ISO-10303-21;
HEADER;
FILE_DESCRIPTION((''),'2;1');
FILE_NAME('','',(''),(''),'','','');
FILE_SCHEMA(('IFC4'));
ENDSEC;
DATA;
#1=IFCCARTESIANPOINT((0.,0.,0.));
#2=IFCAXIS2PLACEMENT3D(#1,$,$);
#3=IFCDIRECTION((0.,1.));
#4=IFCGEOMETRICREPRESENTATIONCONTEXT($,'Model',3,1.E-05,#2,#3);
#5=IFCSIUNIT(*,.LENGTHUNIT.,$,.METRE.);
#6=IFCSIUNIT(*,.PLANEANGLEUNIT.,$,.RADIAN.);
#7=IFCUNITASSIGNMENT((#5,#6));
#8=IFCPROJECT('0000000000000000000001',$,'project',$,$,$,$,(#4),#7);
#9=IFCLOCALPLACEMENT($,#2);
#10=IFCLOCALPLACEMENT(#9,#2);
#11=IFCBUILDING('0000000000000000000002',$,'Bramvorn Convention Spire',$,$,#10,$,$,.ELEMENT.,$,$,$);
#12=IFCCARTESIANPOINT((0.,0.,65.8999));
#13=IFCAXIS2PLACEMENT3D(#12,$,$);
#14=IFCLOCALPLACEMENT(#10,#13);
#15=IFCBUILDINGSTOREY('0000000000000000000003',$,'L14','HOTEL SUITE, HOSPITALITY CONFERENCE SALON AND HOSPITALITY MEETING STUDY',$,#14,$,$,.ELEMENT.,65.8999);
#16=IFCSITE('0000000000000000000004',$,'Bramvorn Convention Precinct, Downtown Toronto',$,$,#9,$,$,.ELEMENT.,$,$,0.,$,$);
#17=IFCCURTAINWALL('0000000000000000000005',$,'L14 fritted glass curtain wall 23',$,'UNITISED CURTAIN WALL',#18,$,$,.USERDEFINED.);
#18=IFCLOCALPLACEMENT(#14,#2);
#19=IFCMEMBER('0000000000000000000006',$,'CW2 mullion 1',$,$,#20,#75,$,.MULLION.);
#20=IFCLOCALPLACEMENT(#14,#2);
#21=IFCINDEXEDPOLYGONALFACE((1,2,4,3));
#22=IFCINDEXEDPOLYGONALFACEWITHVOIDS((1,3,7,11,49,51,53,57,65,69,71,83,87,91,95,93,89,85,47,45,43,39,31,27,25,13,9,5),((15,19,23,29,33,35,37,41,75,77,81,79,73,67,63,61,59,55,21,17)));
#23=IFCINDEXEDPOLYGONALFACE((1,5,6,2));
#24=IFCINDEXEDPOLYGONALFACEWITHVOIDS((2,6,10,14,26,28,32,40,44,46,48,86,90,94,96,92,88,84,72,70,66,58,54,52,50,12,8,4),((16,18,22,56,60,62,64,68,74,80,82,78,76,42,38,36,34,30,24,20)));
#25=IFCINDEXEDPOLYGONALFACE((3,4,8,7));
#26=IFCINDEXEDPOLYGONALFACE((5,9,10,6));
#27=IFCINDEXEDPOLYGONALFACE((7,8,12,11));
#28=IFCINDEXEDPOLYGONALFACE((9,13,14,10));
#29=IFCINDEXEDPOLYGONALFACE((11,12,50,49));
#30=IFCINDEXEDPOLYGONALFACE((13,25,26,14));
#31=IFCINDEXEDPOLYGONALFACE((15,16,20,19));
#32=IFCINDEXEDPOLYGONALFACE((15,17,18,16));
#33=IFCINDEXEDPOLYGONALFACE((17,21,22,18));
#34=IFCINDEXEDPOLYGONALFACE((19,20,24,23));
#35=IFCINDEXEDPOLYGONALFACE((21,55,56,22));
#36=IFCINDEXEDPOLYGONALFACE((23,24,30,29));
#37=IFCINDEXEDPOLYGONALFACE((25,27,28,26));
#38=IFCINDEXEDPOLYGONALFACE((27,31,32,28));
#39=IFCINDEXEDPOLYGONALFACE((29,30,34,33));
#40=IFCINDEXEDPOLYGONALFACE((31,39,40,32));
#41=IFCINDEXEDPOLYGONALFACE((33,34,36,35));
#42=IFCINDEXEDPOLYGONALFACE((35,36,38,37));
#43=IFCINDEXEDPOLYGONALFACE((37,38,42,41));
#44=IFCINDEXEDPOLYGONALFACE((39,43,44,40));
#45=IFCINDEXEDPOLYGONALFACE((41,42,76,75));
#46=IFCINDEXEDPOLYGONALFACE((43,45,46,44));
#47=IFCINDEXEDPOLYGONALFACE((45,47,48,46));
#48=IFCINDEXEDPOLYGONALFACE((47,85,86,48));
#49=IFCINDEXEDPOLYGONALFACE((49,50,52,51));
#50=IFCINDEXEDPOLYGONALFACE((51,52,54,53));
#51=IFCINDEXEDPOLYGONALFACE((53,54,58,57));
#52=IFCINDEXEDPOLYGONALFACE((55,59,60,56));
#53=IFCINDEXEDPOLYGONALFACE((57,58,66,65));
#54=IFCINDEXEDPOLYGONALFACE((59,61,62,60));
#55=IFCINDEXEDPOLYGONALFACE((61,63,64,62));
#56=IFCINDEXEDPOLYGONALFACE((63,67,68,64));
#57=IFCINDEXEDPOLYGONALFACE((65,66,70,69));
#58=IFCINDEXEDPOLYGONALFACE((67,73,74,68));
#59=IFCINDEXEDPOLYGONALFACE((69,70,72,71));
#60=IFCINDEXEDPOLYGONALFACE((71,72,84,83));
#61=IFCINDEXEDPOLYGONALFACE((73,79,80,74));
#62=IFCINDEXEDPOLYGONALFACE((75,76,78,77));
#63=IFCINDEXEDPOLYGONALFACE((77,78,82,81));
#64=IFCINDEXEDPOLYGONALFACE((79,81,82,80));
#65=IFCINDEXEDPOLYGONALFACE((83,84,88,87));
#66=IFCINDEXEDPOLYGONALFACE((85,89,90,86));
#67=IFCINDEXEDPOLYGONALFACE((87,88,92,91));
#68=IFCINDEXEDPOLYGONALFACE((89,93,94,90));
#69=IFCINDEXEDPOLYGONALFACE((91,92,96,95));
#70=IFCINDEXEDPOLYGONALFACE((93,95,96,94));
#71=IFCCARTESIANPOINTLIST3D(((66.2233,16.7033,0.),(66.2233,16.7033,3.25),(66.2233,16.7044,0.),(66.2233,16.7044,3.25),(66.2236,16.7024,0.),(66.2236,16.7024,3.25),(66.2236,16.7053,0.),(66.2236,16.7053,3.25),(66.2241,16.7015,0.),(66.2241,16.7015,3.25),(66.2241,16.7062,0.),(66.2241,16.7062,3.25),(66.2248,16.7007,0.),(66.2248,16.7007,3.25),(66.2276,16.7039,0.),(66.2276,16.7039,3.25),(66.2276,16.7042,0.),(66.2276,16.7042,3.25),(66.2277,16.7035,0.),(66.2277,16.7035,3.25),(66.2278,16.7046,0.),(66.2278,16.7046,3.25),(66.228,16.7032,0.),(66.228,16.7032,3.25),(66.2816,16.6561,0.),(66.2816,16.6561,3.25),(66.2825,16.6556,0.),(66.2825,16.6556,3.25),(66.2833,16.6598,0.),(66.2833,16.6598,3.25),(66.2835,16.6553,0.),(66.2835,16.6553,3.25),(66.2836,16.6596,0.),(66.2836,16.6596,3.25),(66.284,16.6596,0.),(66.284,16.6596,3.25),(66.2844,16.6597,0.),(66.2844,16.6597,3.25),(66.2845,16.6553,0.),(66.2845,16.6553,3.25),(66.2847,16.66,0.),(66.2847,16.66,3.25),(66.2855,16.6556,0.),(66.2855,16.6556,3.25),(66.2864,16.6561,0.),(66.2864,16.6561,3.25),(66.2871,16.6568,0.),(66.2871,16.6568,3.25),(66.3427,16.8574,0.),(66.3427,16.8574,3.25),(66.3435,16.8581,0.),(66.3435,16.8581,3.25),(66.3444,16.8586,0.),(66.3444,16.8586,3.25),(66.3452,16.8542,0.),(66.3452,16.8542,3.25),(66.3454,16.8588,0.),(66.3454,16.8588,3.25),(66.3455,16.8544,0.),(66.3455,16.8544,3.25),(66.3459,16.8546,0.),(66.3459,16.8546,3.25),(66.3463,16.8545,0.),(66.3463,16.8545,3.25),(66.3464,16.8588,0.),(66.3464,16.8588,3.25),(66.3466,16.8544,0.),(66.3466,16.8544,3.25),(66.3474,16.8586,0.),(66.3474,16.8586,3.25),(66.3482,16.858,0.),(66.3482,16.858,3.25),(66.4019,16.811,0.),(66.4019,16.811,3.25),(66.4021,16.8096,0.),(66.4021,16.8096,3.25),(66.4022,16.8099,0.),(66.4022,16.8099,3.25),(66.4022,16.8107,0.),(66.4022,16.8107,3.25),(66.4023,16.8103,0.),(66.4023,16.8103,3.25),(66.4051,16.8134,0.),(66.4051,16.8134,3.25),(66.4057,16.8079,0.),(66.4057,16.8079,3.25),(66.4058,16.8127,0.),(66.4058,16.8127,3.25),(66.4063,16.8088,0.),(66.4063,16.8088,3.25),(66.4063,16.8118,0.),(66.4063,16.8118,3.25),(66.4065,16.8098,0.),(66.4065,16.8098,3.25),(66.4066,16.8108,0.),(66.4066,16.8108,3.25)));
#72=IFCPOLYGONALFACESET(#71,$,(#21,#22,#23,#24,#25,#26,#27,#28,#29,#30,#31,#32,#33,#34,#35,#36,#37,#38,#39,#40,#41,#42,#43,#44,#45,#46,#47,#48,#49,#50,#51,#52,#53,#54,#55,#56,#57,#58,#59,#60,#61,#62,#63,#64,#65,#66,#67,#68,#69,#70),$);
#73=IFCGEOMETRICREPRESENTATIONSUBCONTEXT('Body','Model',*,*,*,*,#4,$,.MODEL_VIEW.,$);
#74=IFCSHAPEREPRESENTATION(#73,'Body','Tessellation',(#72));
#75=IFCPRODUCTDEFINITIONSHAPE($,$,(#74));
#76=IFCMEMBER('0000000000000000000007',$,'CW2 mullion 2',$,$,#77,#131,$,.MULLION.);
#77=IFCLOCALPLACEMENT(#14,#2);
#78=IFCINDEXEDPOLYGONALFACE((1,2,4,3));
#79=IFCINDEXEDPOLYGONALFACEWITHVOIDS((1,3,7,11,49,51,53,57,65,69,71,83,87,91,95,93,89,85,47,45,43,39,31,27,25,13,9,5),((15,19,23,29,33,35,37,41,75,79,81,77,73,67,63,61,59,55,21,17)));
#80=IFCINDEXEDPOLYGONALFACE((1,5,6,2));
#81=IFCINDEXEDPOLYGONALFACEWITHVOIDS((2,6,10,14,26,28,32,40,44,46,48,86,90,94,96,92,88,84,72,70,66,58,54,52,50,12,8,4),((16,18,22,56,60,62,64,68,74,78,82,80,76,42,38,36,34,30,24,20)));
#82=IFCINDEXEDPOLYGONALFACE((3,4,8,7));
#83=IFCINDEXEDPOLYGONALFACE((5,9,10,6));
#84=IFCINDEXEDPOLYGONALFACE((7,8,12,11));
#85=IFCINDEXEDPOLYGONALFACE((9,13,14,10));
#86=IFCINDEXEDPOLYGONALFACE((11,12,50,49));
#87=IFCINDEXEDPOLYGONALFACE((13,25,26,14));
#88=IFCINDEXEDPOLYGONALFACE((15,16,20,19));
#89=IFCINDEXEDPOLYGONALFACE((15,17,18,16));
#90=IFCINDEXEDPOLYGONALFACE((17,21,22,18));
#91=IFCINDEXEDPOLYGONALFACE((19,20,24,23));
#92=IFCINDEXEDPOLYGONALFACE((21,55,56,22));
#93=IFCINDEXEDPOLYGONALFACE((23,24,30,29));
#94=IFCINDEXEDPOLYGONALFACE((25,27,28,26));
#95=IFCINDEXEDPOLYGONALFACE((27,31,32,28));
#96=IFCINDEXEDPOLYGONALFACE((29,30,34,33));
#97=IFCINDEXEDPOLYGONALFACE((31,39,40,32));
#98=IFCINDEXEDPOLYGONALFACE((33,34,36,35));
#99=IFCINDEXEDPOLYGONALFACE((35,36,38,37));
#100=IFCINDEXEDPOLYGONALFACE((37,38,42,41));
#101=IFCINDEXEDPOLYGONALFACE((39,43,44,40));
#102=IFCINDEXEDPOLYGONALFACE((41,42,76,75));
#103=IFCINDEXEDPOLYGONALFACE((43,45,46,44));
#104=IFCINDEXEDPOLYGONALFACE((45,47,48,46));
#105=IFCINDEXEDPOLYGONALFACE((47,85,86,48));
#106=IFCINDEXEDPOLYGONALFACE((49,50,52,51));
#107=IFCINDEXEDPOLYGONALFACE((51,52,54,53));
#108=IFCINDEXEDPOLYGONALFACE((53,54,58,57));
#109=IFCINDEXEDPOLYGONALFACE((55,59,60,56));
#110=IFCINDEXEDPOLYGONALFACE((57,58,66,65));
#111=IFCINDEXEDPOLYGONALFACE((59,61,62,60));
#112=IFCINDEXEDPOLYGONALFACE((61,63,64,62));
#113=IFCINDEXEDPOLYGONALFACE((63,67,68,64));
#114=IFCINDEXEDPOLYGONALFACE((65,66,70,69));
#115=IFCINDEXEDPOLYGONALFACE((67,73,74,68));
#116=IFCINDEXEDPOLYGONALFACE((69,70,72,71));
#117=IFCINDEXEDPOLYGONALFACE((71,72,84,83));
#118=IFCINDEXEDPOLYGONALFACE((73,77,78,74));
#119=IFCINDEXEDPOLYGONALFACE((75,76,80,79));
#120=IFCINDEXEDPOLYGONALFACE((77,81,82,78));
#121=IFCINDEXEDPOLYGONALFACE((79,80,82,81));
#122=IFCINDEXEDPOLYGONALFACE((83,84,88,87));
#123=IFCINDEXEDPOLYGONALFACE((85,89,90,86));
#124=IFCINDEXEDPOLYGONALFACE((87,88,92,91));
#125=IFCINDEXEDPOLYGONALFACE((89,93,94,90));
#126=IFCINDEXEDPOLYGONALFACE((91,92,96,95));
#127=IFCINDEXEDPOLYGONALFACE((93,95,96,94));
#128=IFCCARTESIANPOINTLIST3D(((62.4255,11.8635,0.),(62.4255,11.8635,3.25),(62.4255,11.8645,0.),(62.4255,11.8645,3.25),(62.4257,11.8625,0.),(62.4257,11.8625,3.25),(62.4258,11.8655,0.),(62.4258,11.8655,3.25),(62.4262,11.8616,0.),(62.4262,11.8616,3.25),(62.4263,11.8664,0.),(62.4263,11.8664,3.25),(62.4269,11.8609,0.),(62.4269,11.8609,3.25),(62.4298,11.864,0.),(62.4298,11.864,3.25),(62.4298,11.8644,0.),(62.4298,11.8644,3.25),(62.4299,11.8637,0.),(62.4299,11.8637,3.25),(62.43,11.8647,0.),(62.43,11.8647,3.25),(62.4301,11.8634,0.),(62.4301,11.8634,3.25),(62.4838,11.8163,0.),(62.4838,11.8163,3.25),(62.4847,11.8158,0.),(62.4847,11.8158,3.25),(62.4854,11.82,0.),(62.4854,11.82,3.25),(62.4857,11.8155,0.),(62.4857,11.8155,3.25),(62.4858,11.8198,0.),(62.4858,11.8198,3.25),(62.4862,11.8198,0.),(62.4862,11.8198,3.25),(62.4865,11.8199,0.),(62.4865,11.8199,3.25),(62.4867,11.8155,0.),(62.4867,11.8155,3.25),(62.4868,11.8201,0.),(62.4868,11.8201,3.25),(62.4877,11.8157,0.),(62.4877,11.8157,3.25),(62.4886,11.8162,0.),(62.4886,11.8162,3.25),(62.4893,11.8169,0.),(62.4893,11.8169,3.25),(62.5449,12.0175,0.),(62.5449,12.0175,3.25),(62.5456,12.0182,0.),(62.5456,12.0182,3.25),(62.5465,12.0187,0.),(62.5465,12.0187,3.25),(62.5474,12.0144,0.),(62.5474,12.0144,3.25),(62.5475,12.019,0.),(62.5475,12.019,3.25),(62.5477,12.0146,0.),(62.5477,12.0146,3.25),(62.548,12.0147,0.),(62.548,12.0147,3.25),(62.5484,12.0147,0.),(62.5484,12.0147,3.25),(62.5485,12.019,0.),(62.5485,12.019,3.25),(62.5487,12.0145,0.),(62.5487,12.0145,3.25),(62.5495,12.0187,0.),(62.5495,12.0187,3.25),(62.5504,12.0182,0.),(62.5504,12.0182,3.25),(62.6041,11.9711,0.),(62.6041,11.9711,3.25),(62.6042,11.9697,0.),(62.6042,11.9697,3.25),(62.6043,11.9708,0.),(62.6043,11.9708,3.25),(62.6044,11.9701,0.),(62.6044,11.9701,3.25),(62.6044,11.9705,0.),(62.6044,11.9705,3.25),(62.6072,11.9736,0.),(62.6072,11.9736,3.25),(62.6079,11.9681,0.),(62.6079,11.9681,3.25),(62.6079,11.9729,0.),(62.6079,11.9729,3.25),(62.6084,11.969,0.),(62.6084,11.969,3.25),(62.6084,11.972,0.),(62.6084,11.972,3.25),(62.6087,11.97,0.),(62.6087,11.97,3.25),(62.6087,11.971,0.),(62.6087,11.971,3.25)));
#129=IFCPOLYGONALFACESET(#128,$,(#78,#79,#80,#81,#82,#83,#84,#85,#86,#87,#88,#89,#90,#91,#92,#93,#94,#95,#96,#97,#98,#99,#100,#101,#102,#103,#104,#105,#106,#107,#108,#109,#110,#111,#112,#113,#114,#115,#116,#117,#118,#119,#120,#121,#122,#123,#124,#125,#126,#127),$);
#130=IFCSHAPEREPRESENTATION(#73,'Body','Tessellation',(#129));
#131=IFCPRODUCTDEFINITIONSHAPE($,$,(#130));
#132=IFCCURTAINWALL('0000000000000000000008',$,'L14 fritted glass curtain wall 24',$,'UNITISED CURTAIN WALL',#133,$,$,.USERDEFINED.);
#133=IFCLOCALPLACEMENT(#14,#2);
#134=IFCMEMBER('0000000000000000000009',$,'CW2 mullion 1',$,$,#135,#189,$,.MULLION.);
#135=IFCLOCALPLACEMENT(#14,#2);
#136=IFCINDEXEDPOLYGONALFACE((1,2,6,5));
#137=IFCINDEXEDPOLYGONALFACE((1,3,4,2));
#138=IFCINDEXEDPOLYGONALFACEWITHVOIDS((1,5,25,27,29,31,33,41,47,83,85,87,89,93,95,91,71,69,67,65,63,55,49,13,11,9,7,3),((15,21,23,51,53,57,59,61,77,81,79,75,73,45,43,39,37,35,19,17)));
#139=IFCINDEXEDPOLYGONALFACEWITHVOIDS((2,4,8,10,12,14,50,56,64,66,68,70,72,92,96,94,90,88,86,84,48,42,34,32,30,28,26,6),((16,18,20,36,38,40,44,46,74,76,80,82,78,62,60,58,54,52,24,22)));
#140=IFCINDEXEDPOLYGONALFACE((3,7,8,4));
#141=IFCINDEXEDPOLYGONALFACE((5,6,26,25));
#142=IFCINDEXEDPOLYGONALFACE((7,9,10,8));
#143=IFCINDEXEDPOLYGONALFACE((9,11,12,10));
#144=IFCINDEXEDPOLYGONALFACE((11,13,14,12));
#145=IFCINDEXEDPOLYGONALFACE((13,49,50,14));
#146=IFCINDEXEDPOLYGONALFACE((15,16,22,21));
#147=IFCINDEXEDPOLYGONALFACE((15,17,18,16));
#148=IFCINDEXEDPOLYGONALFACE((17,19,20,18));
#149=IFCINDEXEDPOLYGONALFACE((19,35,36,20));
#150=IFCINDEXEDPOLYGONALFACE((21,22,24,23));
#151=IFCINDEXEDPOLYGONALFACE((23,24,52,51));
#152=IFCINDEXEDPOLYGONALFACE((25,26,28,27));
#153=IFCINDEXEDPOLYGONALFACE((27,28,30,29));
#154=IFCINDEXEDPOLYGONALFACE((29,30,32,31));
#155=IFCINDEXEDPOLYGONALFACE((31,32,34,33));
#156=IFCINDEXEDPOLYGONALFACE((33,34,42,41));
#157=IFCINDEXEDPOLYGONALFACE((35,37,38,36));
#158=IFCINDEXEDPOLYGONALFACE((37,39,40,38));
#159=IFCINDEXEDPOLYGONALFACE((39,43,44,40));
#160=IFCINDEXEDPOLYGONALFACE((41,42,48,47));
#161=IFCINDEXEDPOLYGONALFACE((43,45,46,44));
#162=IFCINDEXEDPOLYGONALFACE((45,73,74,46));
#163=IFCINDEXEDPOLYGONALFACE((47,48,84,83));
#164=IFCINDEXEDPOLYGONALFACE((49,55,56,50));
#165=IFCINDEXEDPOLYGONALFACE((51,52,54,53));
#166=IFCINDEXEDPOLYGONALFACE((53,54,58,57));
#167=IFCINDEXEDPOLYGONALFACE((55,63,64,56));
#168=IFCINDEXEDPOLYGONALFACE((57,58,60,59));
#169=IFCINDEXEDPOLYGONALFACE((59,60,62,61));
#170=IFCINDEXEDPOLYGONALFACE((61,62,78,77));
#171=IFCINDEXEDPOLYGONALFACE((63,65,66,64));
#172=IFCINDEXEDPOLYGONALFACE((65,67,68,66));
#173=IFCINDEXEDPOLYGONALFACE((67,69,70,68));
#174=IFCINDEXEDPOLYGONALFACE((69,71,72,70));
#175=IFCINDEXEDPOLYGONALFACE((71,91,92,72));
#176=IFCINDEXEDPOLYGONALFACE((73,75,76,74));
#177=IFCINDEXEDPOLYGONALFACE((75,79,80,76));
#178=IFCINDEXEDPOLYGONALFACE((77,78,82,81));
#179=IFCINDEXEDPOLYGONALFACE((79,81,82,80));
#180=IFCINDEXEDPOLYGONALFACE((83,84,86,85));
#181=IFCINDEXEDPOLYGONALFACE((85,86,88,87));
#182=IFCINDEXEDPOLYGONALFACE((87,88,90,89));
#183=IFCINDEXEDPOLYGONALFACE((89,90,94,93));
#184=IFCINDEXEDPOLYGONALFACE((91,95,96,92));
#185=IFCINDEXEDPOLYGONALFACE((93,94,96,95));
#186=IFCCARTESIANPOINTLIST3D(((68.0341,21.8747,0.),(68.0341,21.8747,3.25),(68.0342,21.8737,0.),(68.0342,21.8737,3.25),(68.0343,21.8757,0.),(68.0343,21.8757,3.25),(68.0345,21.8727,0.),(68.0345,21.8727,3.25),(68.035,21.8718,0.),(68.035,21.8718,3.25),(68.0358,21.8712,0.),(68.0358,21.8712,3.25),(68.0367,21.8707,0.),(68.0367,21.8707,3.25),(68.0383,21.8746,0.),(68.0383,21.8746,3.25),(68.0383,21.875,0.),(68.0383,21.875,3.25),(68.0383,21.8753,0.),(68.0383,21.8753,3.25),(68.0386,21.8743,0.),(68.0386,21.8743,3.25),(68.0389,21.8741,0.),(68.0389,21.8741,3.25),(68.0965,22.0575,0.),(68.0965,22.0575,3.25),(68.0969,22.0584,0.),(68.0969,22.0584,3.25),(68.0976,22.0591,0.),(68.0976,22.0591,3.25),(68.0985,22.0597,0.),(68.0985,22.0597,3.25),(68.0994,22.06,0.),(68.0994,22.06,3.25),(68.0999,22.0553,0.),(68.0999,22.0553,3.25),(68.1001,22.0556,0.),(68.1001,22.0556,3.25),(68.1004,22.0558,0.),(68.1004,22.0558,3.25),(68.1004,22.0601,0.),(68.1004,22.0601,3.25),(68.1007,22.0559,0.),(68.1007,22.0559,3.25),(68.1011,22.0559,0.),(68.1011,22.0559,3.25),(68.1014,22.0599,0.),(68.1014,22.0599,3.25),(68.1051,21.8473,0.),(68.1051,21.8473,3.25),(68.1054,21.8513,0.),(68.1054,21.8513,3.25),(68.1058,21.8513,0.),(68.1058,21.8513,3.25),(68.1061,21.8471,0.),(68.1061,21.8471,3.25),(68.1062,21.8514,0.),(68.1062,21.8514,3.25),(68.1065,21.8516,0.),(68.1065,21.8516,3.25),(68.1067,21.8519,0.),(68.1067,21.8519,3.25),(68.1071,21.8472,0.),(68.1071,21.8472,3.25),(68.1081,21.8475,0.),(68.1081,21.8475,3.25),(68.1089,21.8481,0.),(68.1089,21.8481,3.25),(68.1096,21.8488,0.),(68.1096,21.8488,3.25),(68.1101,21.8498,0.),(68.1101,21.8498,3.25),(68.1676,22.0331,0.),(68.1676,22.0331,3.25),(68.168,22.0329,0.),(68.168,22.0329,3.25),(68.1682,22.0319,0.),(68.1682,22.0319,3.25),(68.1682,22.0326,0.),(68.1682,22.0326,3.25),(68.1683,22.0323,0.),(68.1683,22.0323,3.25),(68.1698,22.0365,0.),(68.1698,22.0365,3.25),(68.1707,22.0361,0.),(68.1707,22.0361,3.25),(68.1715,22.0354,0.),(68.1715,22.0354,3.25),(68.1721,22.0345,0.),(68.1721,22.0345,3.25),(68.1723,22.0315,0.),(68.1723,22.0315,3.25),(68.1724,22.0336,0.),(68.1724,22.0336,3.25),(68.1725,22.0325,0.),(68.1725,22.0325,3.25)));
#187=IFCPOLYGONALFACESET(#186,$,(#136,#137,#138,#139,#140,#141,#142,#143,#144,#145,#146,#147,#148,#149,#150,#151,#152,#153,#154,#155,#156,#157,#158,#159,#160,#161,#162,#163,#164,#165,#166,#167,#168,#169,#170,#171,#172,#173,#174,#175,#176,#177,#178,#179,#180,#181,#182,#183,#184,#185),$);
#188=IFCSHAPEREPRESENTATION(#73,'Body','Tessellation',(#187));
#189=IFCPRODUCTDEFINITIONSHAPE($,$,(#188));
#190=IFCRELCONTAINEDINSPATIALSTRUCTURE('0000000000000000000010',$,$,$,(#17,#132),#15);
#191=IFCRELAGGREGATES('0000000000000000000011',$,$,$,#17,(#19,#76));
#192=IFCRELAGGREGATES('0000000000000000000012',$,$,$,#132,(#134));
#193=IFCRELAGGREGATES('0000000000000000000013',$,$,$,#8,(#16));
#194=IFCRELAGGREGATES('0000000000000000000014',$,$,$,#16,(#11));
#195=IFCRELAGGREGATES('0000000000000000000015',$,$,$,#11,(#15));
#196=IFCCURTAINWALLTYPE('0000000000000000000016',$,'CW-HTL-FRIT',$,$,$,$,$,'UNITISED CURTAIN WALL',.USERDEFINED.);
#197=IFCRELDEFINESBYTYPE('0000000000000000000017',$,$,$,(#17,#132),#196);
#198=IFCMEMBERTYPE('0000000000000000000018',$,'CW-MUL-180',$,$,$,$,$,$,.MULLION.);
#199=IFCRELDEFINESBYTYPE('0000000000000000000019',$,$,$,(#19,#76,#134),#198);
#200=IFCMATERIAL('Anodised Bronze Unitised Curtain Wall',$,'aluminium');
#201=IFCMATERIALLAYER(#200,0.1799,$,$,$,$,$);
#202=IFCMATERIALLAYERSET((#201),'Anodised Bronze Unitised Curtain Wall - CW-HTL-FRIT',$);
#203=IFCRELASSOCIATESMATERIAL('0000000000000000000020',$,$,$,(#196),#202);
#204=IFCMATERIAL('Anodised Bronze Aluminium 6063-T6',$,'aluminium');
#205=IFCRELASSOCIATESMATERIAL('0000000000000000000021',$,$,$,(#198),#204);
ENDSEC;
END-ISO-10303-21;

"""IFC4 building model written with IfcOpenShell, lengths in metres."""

from ifc_helpers import new_model, si_unit, direction, frame, origin, origin_2d, place, context, subcontext, project, spatial, hollow_rectangle, extrude, material, layer, layer_set, material_profile, profile_set, type_object, element, aggregate, save


model = new_model("IFC4")

# Units and contexts
model_context = context("Model", 3, precision=1e-05, world=origin(), true_north=direction((0.0, 1.0)))
body_context = subcontext(model_context, "Body", "Model", "MODEL_VIEW")
ifc_project = project(units=[si_unit("LENGTHUNIT", "METRE"), si_unit("PLANEANGLEUNIT", "RADIAN")], contexts=[model_context])

# Site, building, storey
site_placement = place(None, origin())
site = spatial("IfcSite", under=ifc_project, at=site_placement, Name="Bramvorn Convention Precinct, Downtown Toronto", CompositionType="ELEMENT", RefElevation=0.0)
building_placement = place(site_placement, origin())
building = spatial("IfcBuilding", under=site, at=building_placement, Name="Bramvorn Convention Spire", CompositionType="ELEMENT")
storey_placement = place(building_placement, frame((0.0, 0.0, 65.8999)))
storey = spatial("IfcBuildingStorey", under=building, at=storey_placement, Name="L14", Description="HOTEL SUITE, HOSPITALITY CONFERENCE SALON AND HOSPITALITY MEETING STUDY", CompositionType="ELEMENT", Elevation=65.8999)

# Curtain walls, members
ifc_material_1 = material(Name="Anodised Bronze Unitised Curtain Wall", Category="aluminium")
ifc_layer_1 = layer(ifc_material_1, 0.1799)
ifc_layer_set_1 = layer_set([ifc_layer_1], Name="Anodised Bronze Unitised Curtain Wall - CW-HTL-FRIT")
curtain_wall_type = type_object("IfcCurtainWallType", Name="CW-HTL-FRIT", ElementType="UNITISED CURTAIN WALL", PredefinedType="USERDEFINED", material=ifc_layer_set_1)
curtain_wall_1_placement = place(storey_placement, origin())
curtain_wall_1 = element("IfcCurtainWall", 1, at=curtain_wall_1_placement, inside=storey, type_object=curtain_wall_type, Name="L14 fritted glass curtain wall 23", ObjectType="UNITISED CURTAIN WALL", PredefinedType="USERDEFINED")
ifc_material_2 = material(Name="Anodised Bronze Aluminium 6063-T6", Category="aluminium")
ifc_material_profile_1 = material_profile(ifc_material_2, hollow_rectangle(XDim=0.0801, YDim=0.2, WallThickness=0.0039, InnerFilletRadius=0.001, OuterFilletRadius=0.0039, at=origin_2d()))
ifc_profile_set_1 = profile_set([ifc_material_profile_1], Name="Anodised Bronze Aluminium 6063-T6 - CWM80X200")
member_type_1 = type_object("IfcMemberType", Name="CW-MUL-180", PredefinedType="MULLION", material=ifc_profile_set_1)
member_1_placement = place(storey_placement, frame((66.3149, 16.7571, 0.0), z_axis=(0.0, 0.0, 1.0), x_axis=(0.786706, -0.617327, 0.0)))
member_1 = element("IfcMember", 2, at=member_1_placement, type_object=member_type_1, Name="CW2 mullion 1", PredefinedType="MULLION", context=body_context, shape_type="SweptSolid", body=[
    extrude(hollow_rectangle(XDim=0.0801, YDim=0.2, WallThickness=0.0039, InnerFilletRadius=0.001, OuterFilletRadius=0.0039, at=origin_2d()), origin(), (0.0, 0.0, 1.0), 3.25),
])
member_2_placement = place(storey_placement, frame((62.5171, 11.9172, 0.0), z_axis=(0.0, 0.0, 1.0), x_axis=(0.786706, -0.617327, 0.0)))
member_2 = element("IfcMember", 3, at=member_2_placement, type_object=member_type_1, Name="CW2 mullion 2", PredefinedType="MULLION", context=body_context, shape_type="SweptSolid", body=[
    extrude(hollow_rectangle(XDim=0.0801, YDim=0.2, WallThickness=0.0039, InnerFilletRadius=0.001, OuterFilletRadius=0.0039, at=origin_2d()), origin(), (0.0, 0.0, 1.0), 3.25),
])
curtain_wall_2_placement = place(storey_placement, origin())
curtain_wall_2 = element("IfcCurtainWall", 4, at=curtain_wall_2_placement, inside=storey, type_object=curtain_wall_type, Name="L14 fritted glass curtain wall 24", ObjectType="UNITISED CURTAIN WALL", PredefinedType="USERDEFINED")
member_3_placement = place(storey_placement, frame((68.1033, 21.9536, 0.0), z_axis=(0.0, 0.0, 1.0), x_axis=(0.946154, -0.323716, 0.0)))
member_3 = element("IfcMember", 5, at=member_3_placement, type_object=member_type_1, Name="CW2 mullion 1", PredefinedType="MULLION", context=body_context, shape_type="SweptSolid", body=[
    extrude(hollow_rectangle(XDim=0.0801, YDim=0.2, WallThickness=0.0039, InnerFilletRadius=0.001, OuterFilletRadius=0.0039, at=origin_2d()), origin(), (0.0, 0.0, 1.0), 3.25),
])

aggregate(curtain_wall_1, [member_1, member_2])
aggregate(curtain_wall_2, [member_3])

save(model, "model.ifc")
